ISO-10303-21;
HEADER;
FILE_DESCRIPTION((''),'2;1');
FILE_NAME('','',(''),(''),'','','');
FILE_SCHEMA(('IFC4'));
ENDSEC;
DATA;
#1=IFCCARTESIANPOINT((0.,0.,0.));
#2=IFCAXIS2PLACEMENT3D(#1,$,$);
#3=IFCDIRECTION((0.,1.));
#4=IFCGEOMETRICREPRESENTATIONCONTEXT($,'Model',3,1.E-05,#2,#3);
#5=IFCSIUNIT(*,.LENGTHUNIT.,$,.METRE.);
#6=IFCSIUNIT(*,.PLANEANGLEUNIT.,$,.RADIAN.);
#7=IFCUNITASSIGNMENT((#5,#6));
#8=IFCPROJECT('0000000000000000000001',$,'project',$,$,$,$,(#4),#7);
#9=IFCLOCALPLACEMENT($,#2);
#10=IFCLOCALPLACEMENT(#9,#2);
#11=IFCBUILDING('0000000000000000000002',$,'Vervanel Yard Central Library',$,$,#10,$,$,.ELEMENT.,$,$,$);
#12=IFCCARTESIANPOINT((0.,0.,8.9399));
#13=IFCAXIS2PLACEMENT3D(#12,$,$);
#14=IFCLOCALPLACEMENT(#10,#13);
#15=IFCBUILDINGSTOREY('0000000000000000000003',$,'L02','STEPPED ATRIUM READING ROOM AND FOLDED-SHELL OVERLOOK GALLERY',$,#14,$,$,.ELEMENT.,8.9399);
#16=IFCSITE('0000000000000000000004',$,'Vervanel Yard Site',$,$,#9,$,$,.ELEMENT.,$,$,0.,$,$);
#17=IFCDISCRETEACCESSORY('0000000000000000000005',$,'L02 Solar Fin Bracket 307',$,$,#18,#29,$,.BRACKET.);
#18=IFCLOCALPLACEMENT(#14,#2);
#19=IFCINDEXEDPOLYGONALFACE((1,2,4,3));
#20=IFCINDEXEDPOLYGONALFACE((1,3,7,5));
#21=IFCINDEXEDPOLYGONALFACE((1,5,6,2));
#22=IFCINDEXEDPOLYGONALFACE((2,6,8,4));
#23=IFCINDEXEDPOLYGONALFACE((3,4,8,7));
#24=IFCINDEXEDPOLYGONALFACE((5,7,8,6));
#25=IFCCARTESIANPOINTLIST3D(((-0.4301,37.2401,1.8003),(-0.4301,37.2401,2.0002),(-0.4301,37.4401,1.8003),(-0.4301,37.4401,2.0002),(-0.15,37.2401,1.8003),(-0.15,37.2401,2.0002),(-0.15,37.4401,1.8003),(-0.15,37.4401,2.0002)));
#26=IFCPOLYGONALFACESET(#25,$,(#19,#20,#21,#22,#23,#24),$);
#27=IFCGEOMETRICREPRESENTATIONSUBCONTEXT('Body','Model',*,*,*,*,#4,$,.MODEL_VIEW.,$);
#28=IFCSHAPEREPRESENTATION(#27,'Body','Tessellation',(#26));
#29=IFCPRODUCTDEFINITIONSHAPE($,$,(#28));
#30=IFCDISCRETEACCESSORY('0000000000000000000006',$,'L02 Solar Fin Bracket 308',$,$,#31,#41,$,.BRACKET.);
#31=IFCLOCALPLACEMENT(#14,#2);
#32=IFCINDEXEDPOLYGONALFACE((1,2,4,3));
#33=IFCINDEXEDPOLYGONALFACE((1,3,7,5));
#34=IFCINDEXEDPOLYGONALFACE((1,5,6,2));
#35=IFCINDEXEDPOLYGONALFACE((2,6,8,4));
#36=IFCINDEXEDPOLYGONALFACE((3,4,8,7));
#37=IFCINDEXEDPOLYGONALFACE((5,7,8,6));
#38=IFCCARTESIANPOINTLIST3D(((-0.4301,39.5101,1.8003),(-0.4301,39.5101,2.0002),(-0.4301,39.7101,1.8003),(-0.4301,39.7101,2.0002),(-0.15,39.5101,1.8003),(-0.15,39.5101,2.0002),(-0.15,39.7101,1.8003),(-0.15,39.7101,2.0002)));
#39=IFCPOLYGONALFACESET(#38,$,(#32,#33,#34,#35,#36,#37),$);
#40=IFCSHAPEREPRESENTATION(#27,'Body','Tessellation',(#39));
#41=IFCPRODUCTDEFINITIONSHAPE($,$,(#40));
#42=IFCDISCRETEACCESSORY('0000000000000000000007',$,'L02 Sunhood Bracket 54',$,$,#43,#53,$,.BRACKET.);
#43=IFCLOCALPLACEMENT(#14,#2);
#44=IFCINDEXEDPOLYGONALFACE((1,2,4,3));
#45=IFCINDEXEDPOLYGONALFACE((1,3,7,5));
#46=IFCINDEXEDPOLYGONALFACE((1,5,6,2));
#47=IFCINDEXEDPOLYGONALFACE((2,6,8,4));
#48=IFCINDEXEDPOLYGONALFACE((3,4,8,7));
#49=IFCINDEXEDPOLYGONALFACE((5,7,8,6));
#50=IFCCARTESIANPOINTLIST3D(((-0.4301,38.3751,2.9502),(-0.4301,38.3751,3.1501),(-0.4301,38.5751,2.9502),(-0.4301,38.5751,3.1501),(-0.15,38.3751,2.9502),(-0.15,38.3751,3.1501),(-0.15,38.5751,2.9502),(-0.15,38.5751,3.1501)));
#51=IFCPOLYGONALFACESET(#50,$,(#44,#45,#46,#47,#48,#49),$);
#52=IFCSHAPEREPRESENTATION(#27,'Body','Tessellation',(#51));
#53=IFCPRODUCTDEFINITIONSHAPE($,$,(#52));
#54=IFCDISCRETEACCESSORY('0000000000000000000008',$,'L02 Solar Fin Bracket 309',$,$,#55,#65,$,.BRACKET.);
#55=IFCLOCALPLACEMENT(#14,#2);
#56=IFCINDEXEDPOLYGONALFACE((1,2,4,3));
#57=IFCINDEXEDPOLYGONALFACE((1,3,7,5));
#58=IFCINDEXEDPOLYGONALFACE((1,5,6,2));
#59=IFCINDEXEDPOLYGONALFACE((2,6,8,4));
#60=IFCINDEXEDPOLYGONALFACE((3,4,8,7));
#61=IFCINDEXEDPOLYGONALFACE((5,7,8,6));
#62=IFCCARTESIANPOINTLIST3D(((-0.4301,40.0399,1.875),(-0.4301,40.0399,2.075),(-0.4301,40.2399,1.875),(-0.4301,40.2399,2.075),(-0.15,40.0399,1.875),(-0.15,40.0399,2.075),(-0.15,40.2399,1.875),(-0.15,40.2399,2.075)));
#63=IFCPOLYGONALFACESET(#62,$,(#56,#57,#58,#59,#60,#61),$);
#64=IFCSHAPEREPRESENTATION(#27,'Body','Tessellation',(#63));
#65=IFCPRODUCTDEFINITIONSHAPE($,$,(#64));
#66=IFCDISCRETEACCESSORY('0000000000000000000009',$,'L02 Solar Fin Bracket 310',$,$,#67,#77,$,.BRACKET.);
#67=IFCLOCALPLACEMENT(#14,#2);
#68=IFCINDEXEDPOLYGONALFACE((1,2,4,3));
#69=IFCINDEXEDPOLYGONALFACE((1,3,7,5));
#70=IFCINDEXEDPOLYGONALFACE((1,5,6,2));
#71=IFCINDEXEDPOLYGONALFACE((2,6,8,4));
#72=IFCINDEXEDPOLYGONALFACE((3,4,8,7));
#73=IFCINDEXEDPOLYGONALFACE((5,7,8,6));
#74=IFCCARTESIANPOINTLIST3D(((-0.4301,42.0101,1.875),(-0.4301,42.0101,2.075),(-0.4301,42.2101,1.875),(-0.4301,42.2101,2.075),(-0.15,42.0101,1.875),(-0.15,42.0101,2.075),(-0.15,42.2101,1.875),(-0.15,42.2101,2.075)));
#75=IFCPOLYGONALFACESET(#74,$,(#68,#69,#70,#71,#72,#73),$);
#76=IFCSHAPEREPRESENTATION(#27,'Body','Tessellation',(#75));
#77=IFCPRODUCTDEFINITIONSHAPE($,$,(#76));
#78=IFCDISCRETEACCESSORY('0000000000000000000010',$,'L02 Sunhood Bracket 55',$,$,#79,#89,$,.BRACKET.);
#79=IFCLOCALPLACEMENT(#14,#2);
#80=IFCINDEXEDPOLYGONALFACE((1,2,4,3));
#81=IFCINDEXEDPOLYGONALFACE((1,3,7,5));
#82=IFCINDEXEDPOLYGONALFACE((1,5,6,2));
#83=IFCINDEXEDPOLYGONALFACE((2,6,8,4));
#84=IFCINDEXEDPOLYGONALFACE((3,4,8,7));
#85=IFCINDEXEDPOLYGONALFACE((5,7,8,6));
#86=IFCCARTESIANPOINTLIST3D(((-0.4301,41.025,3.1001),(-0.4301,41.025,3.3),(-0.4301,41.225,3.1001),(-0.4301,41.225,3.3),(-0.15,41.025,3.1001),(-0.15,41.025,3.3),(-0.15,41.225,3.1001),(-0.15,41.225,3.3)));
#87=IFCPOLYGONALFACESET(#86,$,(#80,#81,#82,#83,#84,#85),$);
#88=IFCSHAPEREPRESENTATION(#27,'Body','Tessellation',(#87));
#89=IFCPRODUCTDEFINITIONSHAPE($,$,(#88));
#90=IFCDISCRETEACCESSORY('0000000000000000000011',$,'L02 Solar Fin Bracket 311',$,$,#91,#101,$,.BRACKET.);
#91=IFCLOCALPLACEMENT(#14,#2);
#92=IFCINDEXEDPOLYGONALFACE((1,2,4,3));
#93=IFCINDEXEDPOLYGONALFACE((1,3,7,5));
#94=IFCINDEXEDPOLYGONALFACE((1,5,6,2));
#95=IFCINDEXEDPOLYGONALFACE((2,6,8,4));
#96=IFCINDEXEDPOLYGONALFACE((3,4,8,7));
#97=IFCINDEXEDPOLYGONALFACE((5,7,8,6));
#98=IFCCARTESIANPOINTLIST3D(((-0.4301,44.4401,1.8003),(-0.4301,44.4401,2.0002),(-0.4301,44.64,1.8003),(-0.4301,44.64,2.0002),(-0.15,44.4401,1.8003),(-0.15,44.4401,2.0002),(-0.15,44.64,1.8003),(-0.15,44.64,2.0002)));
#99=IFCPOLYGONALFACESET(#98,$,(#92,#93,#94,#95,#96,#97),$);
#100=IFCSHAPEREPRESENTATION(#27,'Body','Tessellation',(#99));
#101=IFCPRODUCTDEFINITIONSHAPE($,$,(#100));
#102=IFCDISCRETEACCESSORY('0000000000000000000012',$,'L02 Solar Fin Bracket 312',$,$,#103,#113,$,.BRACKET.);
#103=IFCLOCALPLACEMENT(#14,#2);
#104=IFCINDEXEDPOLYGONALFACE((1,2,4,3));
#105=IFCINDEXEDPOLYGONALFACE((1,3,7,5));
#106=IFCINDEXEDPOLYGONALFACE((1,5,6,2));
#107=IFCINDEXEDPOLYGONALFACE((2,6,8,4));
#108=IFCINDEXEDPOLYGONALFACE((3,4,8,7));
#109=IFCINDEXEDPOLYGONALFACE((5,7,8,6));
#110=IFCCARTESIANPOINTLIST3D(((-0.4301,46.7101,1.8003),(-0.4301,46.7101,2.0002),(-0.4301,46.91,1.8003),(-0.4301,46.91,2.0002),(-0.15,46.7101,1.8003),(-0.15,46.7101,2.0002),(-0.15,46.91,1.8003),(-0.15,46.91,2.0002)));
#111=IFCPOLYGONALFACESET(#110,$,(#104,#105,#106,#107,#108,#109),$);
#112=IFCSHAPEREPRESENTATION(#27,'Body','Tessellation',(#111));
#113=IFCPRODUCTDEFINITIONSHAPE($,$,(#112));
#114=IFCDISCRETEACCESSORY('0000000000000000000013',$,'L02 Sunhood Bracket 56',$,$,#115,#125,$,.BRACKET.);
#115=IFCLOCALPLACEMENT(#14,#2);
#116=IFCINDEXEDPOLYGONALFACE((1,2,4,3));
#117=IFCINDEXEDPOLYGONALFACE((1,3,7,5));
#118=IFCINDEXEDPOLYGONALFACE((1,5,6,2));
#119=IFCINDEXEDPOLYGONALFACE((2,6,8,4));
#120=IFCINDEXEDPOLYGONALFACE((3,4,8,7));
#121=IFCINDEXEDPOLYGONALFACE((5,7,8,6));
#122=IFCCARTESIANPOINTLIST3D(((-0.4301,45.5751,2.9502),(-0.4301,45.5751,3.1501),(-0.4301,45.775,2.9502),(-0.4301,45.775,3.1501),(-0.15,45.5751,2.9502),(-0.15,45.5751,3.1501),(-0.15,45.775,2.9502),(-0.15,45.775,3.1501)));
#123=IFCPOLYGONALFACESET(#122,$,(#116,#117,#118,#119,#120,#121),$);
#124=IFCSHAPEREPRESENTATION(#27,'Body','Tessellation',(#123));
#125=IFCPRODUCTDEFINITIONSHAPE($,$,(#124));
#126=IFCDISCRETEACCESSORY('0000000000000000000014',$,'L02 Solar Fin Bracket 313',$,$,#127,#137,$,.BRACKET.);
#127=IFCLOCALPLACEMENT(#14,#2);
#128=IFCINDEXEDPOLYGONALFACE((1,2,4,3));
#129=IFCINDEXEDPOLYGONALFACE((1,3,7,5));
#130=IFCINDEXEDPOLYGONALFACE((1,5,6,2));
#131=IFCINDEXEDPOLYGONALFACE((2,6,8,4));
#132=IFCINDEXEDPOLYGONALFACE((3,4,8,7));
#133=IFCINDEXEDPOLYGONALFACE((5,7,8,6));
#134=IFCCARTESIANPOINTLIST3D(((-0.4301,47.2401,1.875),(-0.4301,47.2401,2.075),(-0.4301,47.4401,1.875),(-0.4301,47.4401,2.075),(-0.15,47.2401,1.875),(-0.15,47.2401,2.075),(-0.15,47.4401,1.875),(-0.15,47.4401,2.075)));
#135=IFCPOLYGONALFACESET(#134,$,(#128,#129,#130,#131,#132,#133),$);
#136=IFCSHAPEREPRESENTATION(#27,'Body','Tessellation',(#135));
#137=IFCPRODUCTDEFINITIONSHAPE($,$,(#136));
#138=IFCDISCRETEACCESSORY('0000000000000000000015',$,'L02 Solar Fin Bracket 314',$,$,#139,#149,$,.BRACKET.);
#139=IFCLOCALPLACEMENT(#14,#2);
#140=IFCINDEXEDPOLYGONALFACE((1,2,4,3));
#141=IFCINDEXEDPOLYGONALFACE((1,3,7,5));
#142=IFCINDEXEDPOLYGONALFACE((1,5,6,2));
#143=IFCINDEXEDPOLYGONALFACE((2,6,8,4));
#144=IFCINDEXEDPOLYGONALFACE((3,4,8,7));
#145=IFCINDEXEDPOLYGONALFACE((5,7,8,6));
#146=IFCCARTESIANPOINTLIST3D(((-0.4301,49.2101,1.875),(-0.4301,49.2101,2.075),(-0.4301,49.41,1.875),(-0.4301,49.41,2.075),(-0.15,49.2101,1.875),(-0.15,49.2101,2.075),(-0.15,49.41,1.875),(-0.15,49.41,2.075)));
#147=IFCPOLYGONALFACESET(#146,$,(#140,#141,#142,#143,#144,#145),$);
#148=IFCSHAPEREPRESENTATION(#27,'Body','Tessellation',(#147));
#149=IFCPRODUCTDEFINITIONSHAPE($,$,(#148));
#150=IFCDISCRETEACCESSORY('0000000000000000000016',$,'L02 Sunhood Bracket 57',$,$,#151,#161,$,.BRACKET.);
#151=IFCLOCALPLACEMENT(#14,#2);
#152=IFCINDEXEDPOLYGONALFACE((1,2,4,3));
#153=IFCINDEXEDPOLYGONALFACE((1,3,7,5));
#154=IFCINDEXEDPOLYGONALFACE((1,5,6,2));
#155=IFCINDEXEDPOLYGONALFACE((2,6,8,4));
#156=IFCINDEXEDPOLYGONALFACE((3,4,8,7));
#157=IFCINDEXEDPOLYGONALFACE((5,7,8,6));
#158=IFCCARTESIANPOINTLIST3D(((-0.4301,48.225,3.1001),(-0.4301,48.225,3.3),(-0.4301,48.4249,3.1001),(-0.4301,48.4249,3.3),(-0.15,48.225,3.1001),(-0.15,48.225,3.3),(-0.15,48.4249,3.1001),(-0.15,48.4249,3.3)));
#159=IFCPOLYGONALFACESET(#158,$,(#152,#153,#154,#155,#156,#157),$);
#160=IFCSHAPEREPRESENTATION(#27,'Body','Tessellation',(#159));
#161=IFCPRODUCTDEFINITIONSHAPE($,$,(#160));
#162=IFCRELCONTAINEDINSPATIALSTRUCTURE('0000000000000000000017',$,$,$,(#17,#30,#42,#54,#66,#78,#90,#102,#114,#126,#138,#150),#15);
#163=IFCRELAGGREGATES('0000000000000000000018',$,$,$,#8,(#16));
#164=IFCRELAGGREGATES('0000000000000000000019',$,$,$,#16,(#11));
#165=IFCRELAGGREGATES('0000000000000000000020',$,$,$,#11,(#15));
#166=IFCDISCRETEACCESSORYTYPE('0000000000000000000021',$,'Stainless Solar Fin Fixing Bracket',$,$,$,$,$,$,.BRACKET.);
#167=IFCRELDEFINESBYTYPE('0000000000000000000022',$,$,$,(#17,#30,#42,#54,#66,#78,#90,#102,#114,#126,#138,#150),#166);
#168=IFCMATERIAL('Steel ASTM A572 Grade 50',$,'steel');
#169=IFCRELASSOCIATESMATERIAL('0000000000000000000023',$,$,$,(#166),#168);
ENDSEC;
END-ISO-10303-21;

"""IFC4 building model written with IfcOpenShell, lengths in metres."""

from ifc_helpers import new_model, si_unit, direction, frame, origin, origin_2d, place, context, subcontext, project, spatial, rectangle, extrude, material, type_object, element, save


model = new_model("IFC4")

# Units and contexts
model_context = context("Model", 3, precision=1e-05, world=origin(), true_north=direction((0.0, 1.0)))
body_context = subcontext(model_context, "Body", "Model", "MODEL_VIEW")
ifc_project = project(units=[si_unit("LENGTHUNIT", "METRE"), si_unit("PLANEANGLEUNIT", "RADIAN")], contexts=[model_context])

# Site, building, storey
site_placement = place(None, origin())
site = spatial("IfcSite", under=ifc_project, at=site_placement, Name="Vervanel Yard Site", CompositionType="ELEMENT", RefElevation=0.0)
building_placement = place(site_placement, origin())
building = spatial("IfcBuilding", under=site, at=building_placement, Name="Vervanel Yard Central Library", CompositionType="ELEMENT")
storey_placement = place(building_placement, frame((0.0, 0.0, 8.9399)))
storey = spatial("IfcBuildingStorey", under=building, at=storey_placement, Name="L02", Description="STEPPED ATRIUM READING ROOM AND FOLDED-SHELL OVERLOOK GALLERY", CompositionType="ELEMENT", Elevation=8.9399)

# Discrete accessories
ifc_material_1 = material(Name="Steel ASTM A572 Grade 50", Category="steel")
discrete_accessory_type = type_object("IfcDiscreteAccessoryType", Name="Stainless Solar Fin Fixing Bracket", PredefinedType="BRACKET", material=ifc_material_1)
for number, where, z_axis, x_axis, name in (
    (1, (-0.29, 37.3401, 1.8003), (0.0, 0.0, 1.0), (0.0, 1.0, 0.0), "L02 Solar Fin Bracket 307"),
    (2, (-0.29, 39.6101, 1.8003), (0.0, 0.0, 1.0), (0.0, 1.0, 0.0), "L02 Solar Fin Bracket 308"),
    (3, (-0.29, 38.4751, 2.9502), (0.0, 0.0, 1.0), (0.0, 1.0, 0.0), "L02 Sunhood Bracket 54"),
    (4, (-0.29, 40.1399, 1.875), (0.0, 0.0, 1.0), (0.0, 1.0, 0.0), "L02 Solar Fin Bracket 309"),
    (5, (-0.29, 42.1101, 1.875), (0.0, 0.0, 1.0), (0.0, 1.0, 0.0), "L02 Solar Fin Bracket 310"),
    (6, (-0.29, 41.125, 3.1001), (0.0, 0.0, 1.0), (0.0, 1.0, 0.0), "L02 Sunhood Bracket 55"),
    (7, (-0.29, 44.54, 1.8003), (0.0, 0.0, 1.0), (0.0, 1.0, 0.0), "L02 Solar Fin Bracket 311"),
    (8, (-0.29, 46.8101, 1.8003), (0.0, 0.0, 1.0), (0.0, 1.0, 0.0), "L02 Solar Fin Bracket 312"),
    (9, (-0.29, 45.675, 2.9502), (0.0, 0.0, 1.0), (0.0, 1.0, 0.0), "L02 Sunhood Bracket 56"),
    (10, (-0.29, 47.3401, 1.875), (0.0, 0.0, 1.0), (0.0, 1.0, 0.0), "L02 Solar Fin Bracket 313"),
    (11, (-0.29, 49.3101, 1.875), (0.0, 0.0, 1.0), (0.0, 1.0, 0.0), "L02 Solar Fin Bracket 314"),
    (12, (-0.29, 48.325, 3.1001), (0.0, 0.0, 1.0), (0.0, 1.0, 0.0), "L02 Sunhood Bracket 57"),
):
    element("IfcDiscreteAccessory", number, at=place(storey_placement, frame(where, z_axis=z_axis, x_axis=x_axis)), inside=storey, type_object=discrete_accessory_type, Name=name, PredefinedType="BRACKET", context=body_context, shape_type="SweptSolid", body=[
        extrude(rectangle(XDim=0.2, YDim=0.28, at=origin_2d()), origin(), (0.0, 0.0, 1.0), 0.2),
    ])

save(model, "model.ifc")
